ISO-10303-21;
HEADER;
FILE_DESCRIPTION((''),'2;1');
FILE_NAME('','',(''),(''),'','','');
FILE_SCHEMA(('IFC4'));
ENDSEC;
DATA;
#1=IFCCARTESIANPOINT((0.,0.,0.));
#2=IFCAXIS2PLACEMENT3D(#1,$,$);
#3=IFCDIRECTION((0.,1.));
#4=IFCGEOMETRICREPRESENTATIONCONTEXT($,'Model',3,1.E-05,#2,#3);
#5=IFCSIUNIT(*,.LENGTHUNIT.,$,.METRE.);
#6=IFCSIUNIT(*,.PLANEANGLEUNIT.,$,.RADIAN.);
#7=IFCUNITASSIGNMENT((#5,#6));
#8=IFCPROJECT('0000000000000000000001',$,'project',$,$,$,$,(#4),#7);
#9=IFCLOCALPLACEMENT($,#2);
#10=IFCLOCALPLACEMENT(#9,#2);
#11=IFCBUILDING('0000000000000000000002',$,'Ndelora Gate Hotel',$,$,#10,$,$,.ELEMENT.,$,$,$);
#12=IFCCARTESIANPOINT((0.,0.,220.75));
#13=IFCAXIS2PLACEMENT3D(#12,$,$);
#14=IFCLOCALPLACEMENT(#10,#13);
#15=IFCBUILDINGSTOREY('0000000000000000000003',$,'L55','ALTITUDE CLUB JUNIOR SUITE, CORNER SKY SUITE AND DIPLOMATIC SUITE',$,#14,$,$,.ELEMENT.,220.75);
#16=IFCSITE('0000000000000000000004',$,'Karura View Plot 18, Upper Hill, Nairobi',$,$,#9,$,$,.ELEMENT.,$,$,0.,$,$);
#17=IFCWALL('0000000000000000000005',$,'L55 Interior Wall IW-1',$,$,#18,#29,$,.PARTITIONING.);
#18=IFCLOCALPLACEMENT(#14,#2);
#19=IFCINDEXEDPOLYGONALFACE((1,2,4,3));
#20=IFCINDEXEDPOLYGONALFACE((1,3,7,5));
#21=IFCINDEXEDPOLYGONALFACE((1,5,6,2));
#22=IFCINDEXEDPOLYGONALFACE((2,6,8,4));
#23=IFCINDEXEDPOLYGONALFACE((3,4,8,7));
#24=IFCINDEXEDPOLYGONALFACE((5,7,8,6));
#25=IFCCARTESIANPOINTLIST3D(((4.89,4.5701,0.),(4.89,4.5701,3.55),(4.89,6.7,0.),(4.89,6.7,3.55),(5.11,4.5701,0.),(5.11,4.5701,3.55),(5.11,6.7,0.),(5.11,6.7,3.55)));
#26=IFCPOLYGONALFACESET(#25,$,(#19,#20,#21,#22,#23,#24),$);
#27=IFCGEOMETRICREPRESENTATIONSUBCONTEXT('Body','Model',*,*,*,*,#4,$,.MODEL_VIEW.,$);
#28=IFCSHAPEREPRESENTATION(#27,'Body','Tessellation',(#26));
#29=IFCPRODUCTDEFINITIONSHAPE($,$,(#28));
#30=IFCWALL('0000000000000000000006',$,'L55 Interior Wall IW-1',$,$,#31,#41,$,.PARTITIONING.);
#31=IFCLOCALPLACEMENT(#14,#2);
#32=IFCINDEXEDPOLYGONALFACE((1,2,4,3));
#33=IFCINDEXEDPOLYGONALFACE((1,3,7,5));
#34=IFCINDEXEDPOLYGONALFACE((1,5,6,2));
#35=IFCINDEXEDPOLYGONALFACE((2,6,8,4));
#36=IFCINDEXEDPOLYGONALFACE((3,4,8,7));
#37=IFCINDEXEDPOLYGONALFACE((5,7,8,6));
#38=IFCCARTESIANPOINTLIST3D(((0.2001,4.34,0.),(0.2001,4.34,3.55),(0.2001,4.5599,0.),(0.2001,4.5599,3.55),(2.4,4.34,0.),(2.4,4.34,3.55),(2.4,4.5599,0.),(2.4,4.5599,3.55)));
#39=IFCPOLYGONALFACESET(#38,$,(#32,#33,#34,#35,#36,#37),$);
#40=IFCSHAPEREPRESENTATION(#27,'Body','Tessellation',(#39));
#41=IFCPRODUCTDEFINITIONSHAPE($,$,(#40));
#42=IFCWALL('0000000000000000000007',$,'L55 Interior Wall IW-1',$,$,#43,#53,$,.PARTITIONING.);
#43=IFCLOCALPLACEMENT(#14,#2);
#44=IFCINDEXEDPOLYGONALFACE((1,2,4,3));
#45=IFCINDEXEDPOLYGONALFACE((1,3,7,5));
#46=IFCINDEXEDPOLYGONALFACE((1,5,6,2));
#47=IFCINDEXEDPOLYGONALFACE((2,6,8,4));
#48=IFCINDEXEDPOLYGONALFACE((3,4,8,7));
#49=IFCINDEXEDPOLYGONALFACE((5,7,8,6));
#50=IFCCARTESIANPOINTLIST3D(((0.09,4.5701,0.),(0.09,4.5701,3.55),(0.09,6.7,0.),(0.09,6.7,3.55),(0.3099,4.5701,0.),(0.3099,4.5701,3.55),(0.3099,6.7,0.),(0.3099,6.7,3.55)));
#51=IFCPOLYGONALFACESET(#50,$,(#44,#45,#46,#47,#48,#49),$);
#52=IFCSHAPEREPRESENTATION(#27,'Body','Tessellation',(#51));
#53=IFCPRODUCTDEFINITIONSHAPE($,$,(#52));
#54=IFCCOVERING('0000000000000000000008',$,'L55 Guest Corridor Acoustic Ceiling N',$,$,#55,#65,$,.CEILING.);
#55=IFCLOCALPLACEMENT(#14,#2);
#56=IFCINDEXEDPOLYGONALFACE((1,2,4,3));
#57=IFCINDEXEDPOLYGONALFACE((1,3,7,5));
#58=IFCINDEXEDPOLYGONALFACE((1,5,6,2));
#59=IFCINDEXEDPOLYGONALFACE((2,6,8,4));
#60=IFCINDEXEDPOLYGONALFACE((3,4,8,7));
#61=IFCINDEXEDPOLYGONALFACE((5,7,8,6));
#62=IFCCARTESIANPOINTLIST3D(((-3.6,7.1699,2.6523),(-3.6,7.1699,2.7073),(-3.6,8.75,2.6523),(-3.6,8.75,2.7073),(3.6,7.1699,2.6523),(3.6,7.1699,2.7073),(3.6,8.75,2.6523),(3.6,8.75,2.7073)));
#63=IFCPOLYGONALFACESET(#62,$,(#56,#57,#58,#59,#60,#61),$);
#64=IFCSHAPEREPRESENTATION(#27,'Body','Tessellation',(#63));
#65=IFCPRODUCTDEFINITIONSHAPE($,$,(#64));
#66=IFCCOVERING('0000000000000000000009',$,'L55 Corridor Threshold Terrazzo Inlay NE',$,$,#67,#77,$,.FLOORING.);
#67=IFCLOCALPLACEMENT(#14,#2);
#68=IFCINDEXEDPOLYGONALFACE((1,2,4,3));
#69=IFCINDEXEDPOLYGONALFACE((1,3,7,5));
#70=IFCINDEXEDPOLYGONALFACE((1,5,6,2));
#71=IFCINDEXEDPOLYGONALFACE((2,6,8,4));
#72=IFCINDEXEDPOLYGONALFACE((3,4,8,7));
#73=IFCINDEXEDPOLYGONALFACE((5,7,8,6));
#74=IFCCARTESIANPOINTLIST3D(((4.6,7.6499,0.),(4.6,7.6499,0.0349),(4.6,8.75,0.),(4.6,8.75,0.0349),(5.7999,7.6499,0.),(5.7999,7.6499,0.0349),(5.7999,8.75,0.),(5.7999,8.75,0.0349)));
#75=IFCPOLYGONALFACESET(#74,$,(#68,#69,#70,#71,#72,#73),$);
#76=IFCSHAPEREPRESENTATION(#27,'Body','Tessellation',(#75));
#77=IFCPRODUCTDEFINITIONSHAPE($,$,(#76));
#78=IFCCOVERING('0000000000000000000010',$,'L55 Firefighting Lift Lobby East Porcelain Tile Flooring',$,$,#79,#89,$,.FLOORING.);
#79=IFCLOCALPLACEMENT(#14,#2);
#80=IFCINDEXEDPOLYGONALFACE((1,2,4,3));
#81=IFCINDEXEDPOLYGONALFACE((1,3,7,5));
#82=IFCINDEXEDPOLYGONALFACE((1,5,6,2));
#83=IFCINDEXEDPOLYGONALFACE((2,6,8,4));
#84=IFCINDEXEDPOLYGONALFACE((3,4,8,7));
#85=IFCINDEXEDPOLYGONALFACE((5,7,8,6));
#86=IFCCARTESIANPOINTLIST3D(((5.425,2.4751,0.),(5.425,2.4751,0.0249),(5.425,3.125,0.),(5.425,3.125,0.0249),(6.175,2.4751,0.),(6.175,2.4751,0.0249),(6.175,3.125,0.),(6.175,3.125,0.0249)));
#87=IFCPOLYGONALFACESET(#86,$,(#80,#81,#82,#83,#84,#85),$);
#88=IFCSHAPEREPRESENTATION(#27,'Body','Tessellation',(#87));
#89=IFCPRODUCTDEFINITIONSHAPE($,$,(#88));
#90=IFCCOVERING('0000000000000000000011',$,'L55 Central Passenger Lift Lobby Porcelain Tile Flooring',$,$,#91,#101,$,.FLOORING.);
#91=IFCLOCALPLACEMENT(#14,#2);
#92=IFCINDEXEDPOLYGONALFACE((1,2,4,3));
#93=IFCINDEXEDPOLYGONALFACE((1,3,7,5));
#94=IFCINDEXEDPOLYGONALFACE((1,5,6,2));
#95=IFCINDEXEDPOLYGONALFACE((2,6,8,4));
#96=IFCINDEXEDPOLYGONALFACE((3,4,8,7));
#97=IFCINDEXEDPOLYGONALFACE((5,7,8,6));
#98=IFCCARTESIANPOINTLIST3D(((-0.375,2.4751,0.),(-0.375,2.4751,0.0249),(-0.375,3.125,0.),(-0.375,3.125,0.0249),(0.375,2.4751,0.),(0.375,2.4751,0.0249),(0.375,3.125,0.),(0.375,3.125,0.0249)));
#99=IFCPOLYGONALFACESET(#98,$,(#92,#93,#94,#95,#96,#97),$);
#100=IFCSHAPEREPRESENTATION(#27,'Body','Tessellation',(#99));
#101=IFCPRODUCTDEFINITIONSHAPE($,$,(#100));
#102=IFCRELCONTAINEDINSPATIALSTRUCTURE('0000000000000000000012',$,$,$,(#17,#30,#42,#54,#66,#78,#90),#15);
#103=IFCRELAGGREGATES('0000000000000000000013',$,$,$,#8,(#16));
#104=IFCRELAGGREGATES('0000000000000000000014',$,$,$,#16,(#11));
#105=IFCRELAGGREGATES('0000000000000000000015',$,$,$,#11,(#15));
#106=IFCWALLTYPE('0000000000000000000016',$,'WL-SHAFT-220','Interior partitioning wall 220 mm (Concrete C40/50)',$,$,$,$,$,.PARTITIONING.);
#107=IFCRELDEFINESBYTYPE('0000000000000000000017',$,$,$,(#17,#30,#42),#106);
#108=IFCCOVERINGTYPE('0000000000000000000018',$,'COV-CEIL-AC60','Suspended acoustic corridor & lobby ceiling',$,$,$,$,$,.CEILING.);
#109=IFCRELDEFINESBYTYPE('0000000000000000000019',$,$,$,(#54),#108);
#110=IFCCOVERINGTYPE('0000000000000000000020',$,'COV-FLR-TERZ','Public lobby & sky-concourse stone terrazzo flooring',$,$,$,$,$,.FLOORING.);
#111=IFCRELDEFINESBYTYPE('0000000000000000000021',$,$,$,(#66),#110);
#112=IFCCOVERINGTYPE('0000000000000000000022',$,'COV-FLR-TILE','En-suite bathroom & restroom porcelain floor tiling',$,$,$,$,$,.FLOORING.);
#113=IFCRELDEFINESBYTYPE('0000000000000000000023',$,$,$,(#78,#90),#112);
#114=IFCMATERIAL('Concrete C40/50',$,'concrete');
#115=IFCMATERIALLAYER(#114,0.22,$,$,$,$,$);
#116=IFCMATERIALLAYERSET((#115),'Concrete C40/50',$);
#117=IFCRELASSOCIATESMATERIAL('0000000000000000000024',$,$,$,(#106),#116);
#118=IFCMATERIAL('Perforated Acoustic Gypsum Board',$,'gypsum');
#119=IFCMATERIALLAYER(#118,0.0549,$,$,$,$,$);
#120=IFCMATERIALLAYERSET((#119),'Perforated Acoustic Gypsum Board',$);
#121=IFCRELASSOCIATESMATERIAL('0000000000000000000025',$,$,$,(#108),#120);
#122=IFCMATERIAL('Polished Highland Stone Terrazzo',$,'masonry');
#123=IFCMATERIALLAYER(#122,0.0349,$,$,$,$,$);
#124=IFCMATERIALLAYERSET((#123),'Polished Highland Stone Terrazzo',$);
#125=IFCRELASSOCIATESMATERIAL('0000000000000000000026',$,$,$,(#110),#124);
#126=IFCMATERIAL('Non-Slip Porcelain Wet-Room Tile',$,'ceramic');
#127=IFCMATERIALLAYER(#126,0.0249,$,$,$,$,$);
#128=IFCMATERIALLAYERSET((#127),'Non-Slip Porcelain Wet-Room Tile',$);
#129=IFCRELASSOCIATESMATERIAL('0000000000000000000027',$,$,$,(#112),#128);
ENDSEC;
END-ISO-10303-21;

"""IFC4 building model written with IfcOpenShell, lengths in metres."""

from ifc_helpers import new_model, si_unit, direction, frame, frame_2d, origin, origin_2d, place, context, subcontext, project, spatial, rectangle, extrude, material, layer, layer_set, type_object, element, save


model = new_model("IFC4")

# Units and contexts
model_context = context("Model", 3, precision=1e-05, world=origin(), true_north=direction((0.0, 1.0)))
body_context = subcontext(model_context, "Body", "Model", "MODEL_VIEW")
ifc_project = project(units=[si_unit("LENGTHUNIT", "METRE"), si_unit("PLANEANGLEUNIT", "RADIAN")], contexts=[model_context])

# Site, building, storey
site_placement = place(None, origin())
site = spatial("IfcSite", under=ifc_project, at=site_placement, Name="Karura View Plot 18, Upper Hill, Nairobi", CompositionType="ELEMENT", RefElevation=0.0)
building_placement = place(site_placement, origin())
building = spatial("IfcBuilding", under=site, at=building_placement, Name="Ndelora Gate Hotel", CompositionType="ELEMENT")
storey_placement = place(building_placement, frame((0.0, 0.0, 220.75)))
storey = spatial("IfcBuildingStorey", under=building, at=storey_placement, Name="L55", Description="ALTITUDE CLUB JUNIOR SUITE, CORNER SKY SUITE AND DIPLOMATIC SUITE", CompositionType="ELEMENT", Elevation=220.75)

# Shared definitions
ifc_material_1 = material(Name="Concrete C40/50", Category="concrete")

# Shared definitions
ifc_layer_1 = layer(ifc_material_1, 0.22)
ifc_layer_set_1 = layer_set([ifc_layer_1], Name="Concrete C40/50")
wall_type_1 = type_object("IfcWallType", Name="WL-SHAFT-220", Description="Interior partitioning wall 220 mm (Concrete C40/50)", PredefinedType="PARTITIONING", material=ifc_layer_set_1)

# Walls
for number, where, z_axis, x_axis, name in (
    (1, (5.0, 4.5701, 0.0), (0.0, 0.0, 1.0), (0.0, 1.0, 0.0), "L55 Interior Wall IW-1"),
):
    element("IfcWall", number, at=place(storey_placement, frame(where, z_axis=z_axis, x_axis=x_axis)), inside=storey, type_object=wall_type_1, Name=name, PredefinedType="PARTITIONING", context=body_context, shape_type="SweptSolid", body=[
        extrude(rectangle(XDim=2.1299, YDim=0.22, at=frame_2d((1.0649, 0.0))), origin(), (0.0, 0.0, 1.0), 3.55),
    ])
wall_1_placement = place(storey_placement, frame((0.2, 4.45, 0.0), z_axis=(0.0, 0.0, 1.0), x_axis=(1.0, 0.0, 0.0)))
element("IfcWall", 2, at=wall_1_placement, inside=storey, type_object=wall_type_1, Name="L55 Interior Wall IW-1", PredefinedType="PARTITIONING", context=body_context, shape_type="SweptSolid", body=[
    extrude(rectangle(XDim=2.2, YDim=0.22, at=frame_2d((1.1001, 0.0))), origin(), (0.0, 0.0, 1.0), 3.55),
])
wall_2_placement = place(storey_placement, frame((0.2, 4.5701, 0.0), z_axis=(0.0, 0.0, 1.0), x_axis=(0.0, 1.0, 0.0)))
element("IfcWall", 3, at=wall_2_placement, inside=storey, type_object=wall_type_1, Name="L55 Interior Wall IW-1", PredefinedType="PARTITIONING", context=body_context, shape_type="SweptSolid", body=[
    extrude(rectangle(XDim=2.1299, YDim=0.22, at=frame_2d((1.0649, 0.0))), origin(), (0.0, 0.0, 1.0), 3.55),
])

# Coverings
ifc_material_2 = material(Name="Perforated Acoustic Gypsum Board", Category="gypsum")
ifc_layer_2 = layer(ifc_material_2, 0.0549)
ifc_layer_set_2 = layer_set([ifc_layer_2], Name="Perforated Acoustic Gypsum Board")
covering_type_1 = type_object("IfcCoveringType", Name="COV-CEIL-AC60", Description="Suspended acoustic corridor & lobby ceiling", PredefinedType="CEILING", material=ifc_layer_set_2)
covering_1_placement = place(storey_placement, frame((0.0, 7.96, 2.6523), z_axis=(0.0, 0.0, 1.0), x_axis=(1.0, 0.0, 0.0)))
element("IfcCovering", 4, at=covering_1_placement, inside=storey, type_object=covering_type_1, Name="L55 Guest Corridor Acoustic Ceiling N", PredefinedType="CEILING", context=body_context, shape_type="SweptSolid", body=[
    extrude(rectangle(XDim=7.2, YDim=1.5801, at=origin_2d()), origin(), (0.0, 0.0, 1.0), 0.0549),
])
ifc_material_3 = material(Name="Polished Highland Stone Terrazzo", Category="masonry")
ifc_layer_3 = layer(ifc_material_3, 0.0349)
ifc_layer_set_3 = layer_set([ifc_layer_3], Name="Polished Highland Stone Terrazzo")
covering_type_2 = type_object("IfcCoveringType", Name="COV-FLR-TERZ", Description="Public lobby & sky-concourse stone terrazzo flooring", PredefinedType="FLOORING", material=ifc_layer_set_3)
covering_2_placement = place(storey_placement, frame((5.2, 8.2, 0.0), z_axis=(0.0, 0.0, 1.0), x_axis=(1.0, 0.0, 0.0)))
element("IfcCovering", 5, at=covering_2_placement, inside=storey, type_object=covering_type_2, Name="L55 Corridor Threshold Terrazzo Inlay NE", PredefinedType="FLOORING", context=body_context, shape_type="SweptSolid", body=[
    extrude(rectangle(XDim=1.2, YDim=1.1001, at=origin_2d()), origin(), (0.0, 0.0, 1.0), 0.0349),
])
ifc_material_4 = material(Name="Non-Slip Porcelain Wet-Room Tile", Category="ceramic")
ifc_layer_4 = layer(ifc_material_4, 0.0249)
ifc_layer_set_4 = layer_set([ifc_layer_4], Name="Non-Slip Porcelain Wet-Room Tile")
covering_type_3 = type_object("IfcCoveringType", Name="COV-FLR-TILE", Description="En-suite bathroom & restroom porcelain floor tiling", PredefinedType="FLOORING", material=ifc_layer_set_4)
for number, where, z_axis, x_axis, name in (
    (6, (5.8, 2.8, 0.0), (0.0, 0.0, 1.0), (1.0, 0.0, 0.0), "L55 Firefighting Lift Lobby East Porcelain Tile Flooring"),
    (7, (0.0, 2.8, 0.0), (0.0, 0.0, 1.0), (1.0, 0.0, 0.0), "L55 Central Passenger Lift Lobby Porcelain Tile Flooring"),
):
    element("IfcCovering", number, at=place(storey_placement, frame(where, z_axis=z_axis, x_axis=x_axis)), inside=storey, type_object=covering_type_3, Name=name, PredefinedType="FLOORING", context=body_context, shape_type="SweptSolid", body=[
        extrude(rectangle(XDim=0.75, YDim=0.6499, at=origin_2d()), origin(), (0.0, 0.0, 1.0), 0.0249),
    ])

save(model, "model.ifc")
